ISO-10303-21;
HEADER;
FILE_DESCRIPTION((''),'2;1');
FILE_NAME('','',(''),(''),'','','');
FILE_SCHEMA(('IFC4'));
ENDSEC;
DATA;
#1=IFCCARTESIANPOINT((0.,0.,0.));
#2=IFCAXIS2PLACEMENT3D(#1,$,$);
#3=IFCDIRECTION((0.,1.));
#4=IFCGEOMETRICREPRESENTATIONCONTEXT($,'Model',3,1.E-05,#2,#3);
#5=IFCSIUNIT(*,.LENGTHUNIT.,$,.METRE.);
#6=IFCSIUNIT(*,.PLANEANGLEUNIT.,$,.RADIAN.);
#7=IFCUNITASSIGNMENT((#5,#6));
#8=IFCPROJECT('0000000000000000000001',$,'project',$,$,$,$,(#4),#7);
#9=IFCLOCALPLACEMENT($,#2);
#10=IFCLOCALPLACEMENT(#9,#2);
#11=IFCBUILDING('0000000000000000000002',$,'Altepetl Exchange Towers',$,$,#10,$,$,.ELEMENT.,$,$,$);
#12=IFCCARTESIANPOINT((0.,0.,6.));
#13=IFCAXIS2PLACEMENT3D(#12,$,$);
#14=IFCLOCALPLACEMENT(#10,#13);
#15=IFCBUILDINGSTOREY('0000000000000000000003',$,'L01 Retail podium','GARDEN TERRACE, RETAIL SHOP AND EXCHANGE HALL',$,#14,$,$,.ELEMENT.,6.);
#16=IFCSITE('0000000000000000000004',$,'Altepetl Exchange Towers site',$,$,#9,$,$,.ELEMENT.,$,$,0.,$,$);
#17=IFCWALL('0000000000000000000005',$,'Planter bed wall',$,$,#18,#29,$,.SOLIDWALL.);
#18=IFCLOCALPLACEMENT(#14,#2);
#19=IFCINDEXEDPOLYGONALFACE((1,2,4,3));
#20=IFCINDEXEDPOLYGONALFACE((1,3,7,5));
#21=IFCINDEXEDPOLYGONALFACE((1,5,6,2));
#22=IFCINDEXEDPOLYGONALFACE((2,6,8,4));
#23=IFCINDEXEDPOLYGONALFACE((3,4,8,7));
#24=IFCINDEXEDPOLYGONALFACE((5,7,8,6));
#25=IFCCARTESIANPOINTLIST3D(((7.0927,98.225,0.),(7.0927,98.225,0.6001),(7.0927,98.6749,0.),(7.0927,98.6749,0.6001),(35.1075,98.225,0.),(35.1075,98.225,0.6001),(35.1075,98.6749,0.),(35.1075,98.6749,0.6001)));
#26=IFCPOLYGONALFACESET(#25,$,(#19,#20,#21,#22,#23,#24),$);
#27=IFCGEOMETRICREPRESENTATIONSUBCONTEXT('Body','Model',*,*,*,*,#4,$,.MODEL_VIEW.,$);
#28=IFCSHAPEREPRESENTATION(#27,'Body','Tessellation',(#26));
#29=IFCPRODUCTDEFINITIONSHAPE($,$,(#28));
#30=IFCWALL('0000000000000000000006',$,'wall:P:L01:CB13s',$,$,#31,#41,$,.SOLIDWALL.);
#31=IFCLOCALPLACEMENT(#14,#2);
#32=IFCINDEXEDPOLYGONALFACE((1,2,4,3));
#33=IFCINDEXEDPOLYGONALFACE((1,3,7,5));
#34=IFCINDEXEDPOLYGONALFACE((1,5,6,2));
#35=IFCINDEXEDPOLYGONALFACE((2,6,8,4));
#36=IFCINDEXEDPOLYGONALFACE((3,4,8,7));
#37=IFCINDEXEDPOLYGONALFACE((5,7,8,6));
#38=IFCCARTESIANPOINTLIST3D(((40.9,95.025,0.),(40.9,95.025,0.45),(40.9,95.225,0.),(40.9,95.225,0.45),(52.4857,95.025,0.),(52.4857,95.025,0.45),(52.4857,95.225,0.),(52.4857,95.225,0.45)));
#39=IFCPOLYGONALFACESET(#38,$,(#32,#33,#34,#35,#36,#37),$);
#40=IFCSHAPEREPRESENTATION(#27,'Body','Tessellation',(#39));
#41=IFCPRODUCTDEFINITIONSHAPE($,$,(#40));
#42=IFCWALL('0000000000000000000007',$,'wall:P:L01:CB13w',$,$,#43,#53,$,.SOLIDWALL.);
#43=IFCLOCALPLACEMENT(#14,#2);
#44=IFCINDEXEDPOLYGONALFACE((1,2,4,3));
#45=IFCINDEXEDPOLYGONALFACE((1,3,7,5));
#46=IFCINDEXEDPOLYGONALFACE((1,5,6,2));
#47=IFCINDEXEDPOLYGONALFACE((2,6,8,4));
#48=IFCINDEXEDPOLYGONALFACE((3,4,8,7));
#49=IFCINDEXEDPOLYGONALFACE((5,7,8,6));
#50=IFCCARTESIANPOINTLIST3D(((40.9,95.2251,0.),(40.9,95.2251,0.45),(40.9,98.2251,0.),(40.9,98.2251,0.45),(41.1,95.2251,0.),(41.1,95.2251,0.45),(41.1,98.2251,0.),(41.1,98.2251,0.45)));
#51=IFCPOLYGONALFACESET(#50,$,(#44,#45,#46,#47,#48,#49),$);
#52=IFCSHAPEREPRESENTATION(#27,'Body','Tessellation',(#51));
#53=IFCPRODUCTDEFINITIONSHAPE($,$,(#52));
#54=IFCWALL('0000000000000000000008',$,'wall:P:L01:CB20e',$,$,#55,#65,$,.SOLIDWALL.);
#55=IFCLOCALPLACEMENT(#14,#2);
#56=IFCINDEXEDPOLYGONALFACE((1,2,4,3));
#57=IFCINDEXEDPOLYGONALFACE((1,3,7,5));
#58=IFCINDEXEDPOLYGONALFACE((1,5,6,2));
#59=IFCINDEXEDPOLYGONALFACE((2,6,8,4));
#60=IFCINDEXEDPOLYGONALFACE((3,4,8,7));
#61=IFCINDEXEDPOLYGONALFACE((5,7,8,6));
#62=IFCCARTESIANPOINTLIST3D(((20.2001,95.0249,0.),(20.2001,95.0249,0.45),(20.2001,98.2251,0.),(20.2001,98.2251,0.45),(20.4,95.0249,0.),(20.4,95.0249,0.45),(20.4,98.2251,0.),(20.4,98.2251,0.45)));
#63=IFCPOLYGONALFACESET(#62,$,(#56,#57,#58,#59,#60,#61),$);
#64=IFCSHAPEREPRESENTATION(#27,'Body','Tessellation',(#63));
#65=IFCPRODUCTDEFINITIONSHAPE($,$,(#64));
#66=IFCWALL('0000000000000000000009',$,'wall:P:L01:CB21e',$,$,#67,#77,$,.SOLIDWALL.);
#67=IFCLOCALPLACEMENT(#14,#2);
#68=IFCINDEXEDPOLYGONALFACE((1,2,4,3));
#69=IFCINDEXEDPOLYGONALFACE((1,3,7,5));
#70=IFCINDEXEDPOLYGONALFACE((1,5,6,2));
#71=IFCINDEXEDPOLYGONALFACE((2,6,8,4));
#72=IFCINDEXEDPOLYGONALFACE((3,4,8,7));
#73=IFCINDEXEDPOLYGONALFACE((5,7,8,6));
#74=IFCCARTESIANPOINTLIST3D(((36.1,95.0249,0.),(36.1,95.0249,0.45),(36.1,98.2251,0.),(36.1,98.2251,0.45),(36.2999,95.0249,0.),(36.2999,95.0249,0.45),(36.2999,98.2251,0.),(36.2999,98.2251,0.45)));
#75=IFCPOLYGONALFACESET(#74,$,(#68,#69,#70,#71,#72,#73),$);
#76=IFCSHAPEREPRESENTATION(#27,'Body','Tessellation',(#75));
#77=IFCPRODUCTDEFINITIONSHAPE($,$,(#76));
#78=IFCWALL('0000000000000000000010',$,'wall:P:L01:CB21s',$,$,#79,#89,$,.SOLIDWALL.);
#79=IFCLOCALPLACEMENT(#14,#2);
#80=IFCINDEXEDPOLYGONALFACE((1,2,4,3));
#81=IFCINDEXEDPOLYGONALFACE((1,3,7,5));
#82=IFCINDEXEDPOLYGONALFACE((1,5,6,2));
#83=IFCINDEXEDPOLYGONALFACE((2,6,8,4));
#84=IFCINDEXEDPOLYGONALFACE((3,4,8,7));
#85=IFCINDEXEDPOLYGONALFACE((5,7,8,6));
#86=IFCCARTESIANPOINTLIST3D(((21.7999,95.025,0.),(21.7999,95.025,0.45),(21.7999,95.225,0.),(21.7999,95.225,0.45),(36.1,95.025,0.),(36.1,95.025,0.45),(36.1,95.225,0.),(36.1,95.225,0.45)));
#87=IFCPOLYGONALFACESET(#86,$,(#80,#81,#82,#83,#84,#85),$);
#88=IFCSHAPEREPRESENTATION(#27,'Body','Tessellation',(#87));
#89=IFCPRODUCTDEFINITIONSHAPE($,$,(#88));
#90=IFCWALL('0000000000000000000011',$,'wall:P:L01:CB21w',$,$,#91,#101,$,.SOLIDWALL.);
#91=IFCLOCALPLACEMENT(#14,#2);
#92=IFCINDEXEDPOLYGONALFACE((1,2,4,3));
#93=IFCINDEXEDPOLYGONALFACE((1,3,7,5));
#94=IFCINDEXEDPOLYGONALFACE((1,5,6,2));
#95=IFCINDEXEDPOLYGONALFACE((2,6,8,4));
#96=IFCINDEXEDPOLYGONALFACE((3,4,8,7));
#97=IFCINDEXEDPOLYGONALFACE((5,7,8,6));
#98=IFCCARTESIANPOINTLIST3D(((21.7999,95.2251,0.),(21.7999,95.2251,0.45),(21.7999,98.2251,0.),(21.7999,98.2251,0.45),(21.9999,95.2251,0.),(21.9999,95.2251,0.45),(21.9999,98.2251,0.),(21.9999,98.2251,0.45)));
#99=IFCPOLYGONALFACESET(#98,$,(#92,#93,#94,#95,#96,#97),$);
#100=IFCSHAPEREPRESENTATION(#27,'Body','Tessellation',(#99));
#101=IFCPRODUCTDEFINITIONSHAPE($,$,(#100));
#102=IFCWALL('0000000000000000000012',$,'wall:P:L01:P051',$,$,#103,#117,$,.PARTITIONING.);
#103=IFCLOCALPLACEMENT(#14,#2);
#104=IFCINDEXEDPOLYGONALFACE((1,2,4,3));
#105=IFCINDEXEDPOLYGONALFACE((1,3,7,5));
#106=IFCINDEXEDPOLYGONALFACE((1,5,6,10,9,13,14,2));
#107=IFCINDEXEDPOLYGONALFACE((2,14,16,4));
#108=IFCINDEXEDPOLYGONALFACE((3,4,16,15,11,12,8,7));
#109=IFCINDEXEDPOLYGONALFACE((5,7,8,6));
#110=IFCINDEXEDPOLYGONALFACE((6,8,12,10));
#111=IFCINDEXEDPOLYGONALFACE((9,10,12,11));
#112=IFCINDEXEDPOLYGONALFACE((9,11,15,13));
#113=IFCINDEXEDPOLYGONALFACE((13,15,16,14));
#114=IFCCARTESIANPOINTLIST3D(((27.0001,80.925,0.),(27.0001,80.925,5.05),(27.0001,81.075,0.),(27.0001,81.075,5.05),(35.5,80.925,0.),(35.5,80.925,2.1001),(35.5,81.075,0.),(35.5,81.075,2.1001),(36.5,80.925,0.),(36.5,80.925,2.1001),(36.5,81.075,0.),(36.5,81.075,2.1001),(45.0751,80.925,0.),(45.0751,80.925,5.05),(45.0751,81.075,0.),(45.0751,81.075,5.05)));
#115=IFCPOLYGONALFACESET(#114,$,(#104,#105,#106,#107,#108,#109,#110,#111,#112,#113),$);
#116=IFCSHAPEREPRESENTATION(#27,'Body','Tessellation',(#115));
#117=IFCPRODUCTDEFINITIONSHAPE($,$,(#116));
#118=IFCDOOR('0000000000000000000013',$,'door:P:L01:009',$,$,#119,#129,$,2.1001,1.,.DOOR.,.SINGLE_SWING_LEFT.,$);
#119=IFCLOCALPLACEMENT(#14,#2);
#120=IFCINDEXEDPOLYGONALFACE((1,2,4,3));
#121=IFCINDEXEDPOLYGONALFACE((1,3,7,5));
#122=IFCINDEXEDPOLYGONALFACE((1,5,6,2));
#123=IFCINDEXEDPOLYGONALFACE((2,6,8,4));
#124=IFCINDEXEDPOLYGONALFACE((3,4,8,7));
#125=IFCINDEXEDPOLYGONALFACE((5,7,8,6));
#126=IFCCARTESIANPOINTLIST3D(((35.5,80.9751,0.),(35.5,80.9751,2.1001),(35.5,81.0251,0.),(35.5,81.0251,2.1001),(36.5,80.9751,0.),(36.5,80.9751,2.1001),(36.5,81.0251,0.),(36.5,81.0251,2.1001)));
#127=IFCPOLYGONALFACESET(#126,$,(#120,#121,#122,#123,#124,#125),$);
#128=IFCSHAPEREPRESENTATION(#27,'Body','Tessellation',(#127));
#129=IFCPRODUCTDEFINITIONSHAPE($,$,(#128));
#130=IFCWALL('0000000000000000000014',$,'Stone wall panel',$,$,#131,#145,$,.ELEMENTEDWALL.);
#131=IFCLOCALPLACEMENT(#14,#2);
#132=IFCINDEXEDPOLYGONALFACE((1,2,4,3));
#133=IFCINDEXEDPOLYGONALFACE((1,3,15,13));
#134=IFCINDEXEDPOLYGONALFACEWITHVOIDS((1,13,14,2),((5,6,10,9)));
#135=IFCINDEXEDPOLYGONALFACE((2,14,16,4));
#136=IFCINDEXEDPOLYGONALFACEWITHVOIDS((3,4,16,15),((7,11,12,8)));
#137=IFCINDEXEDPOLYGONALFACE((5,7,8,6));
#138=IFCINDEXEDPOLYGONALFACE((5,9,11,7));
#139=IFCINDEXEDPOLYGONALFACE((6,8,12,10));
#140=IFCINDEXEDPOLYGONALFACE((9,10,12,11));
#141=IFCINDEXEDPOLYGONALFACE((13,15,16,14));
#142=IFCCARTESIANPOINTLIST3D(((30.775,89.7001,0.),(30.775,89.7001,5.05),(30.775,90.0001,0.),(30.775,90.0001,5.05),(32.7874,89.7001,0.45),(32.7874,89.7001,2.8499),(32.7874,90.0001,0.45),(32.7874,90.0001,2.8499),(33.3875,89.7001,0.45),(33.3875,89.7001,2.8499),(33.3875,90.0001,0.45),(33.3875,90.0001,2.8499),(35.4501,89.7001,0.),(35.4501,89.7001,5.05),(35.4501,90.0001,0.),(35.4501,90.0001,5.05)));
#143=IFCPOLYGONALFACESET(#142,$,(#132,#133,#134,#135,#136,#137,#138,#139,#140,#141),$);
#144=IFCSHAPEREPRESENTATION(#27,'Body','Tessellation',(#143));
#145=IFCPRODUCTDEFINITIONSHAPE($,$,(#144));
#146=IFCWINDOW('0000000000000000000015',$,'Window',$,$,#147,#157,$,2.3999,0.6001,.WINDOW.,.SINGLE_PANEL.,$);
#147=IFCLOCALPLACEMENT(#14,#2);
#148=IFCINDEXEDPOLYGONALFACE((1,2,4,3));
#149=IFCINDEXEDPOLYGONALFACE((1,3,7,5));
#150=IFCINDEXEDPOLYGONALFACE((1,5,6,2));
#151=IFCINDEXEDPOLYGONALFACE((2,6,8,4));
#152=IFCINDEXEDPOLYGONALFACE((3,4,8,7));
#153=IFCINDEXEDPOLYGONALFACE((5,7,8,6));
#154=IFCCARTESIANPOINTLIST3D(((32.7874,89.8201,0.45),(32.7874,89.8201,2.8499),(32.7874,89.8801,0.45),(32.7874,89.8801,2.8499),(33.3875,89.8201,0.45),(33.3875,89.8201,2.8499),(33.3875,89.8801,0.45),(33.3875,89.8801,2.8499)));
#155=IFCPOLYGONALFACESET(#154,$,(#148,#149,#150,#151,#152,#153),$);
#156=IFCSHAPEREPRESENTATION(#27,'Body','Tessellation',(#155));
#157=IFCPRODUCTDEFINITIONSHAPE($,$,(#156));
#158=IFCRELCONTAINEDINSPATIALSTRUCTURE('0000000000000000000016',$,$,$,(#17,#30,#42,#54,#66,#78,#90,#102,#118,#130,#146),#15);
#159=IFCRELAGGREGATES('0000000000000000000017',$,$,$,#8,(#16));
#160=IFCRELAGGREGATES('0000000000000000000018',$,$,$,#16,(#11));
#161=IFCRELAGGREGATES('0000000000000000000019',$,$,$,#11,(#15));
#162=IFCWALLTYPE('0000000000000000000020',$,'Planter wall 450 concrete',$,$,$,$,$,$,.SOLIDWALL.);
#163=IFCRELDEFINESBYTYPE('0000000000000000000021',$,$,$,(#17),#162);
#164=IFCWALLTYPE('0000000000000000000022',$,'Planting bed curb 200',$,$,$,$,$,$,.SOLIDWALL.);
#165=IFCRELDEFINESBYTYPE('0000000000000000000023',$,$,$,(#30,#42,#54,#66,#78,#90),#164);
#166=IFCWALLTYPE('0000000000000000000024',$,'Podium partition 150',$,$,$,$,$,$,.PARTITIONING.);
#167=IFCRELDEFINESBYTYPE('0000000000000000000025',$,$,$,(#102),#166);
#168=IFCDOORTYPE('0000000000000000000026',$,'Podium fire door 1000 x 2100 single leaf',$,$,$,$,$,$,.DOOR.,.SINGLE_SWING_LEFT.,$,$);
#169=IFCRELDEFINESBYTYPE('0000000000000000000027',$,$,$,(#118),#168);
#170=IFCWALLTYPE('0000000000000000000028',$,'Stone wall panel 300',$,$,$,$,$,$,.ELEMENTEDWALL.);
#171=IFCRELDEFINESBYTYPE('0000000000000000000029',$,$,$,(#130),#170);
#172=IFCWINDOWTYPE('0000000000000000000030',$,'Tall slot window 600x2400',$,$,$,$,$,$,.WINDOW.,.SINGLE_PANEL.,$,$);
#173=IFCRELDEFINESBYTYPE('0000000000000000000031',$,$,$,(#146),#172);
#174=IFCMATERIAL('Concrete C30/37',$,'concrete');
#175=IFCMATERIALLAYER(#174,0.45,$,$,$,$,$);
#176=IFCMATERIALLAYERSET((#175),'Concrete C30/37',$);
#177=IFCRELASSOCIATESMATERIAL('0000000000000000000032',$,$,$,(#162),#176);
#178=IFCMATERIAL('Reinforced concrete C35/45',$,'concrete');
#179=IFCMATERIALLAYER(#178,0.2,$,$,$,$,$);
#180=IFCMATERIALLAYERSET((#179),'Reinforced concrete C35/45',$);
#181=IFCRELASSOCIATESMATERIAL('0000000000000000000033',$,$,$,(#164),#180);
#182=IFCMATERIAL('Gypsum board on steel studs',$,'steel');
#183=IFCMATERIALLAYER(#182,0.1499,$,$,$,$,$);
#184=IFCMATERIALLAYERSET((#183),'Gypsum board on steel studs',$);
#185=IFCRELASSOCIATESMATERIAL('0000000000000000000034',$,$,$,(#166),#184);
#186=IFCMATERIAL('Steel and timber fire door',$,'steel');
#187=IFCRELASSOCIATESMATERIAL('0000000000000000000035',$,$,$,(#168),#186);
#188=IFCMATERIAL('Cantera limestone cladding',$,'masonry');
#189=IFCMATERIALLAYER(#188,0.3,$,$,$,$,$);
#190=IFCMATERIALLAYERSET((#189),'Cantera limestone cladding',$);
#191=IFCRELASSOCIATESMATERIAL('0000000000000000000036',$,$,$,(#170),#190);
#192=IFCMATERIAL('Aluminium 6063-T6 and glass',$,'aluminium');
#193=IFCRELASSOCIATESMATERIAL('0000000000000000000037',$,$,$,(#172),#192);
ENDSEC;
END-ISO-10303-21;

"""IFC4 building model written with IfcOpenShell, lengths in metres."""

from ifc_helpers import new_model, si_unit, direction, frame, frame_2d, origin, place, context, subcontext, project, spatial, rectangle, extrude, material, layer, layer_set, type_object, element, fill, save


model = new_model("IFC4")

# Units and contexts
model_context = context("Model", 3, precision=1e-05, world=origin(), true_north=direction((0.0, 1.0)))
body_context = subcontext(model_context, "Body", "Model", "MODEL_VIEW")
ifc_project = project(units=[si_unit("LENGTHUNIT", "METRE"), si_unit("PLANEANGLEUNIT", "RADIAN")], contexts=[model_context])

# Site, building, storey
site_placement = place(None, origin())
site = spatial("IfcSite", under=ifc_project, at=site_placement, Name="Altepetl Exchange Towers site", CompositionType="ELEMENT", RefElevation=0.0)
building_placement = place(site_placement, origin())
building = spatial("IfcBuilding", under=site, at=building_placement, Name="Altepetl Exchange Towers", CompositionType="ELEMENT")
storey_placement = place(building_placement, frame((0.0, 0.0, 6.0)))
storey = spatial("IfcBuildingStorey", under=building, at=storey_placement, Name="L01 Retail podium", Description="GARDEN TERRACE, RETAIL SHOP AND EXCHANGE HALL", CompositionType="ELEMENT", Elevation=6.0)

# Shared definitions
ifc_material_1 = material(Name="Reinforced concrete C35/45", Category="concrete")
ifc_material_2 = material(Name="Aluminium 6063-T6 and glass", Category="aluminium")

# Walls
ifc_material_3 = material(Name="Concrete C30/37", Category="concrete")
ifc_layer_1 = layer(ifc_material_3, 0.45)
ifc_layer_set_1 = layer_set([ifc_layer_1], Name="Concrete C30/37")
wall_type_1 = type_object("IfcWallType", Name="Planter wall 450 concrete", PredefinedType="SOLIDWALL", material=ifc_layer_set_1)
wall_1_placement = place(storey_placement, frame((35.1074, 98.45, 0.0), z_axis=(0.0, 0.0, 1.0), x_axis=(-1.0, 0.0, 0.0)))
element("IfcWall", 1, at=wall_1_placement, inside=storey, type_object=wall_type_1, Name="Planter bed wall", PredefinedType="SOLIDWALL", context=body_context, shape_type="SweptSolid", body=[
    extrude(rectangle(XDim=28.0149, YDim=0.45, at=frame_2d((14.0073, 0.0))), origin(), (0.0, 0.0, 1.0), 0.6001),
])
ifc_layer_2 = layer(ifc_material_1, 0.2)
ifc_layer_set_2 = layer_set([ifc_layer_2], Name="Reinforced concrete C35/45")
wall_type_2 = type_object("IfcWallType", Name="Planting bed curb 200", PredefinedType="SOLIDWALL", material=ifc_layer_set_2)
wall_2_placement = place(storey_placement, frame((40.8999, 95.125, 0.0)))
element("IfcWall", 2, at=wall_2_placement, inside=storey, type_object=wall_type_2, Name="wall:P:L01:CB13s", PredefinedType="SOLIDWALL", context=body_context, shape_type="SweptSolid", body=[
    extrude(rectangle(XDim=11.5857, YDim=0.2, at=frame_2d((5.793, 0.0))), origin(), (0.0, 0.0, 1.0), 0.45),
])
wall_3_placement = place(storey_placement, frame((41.0, 95.2251, 0.0), z_axis=(0.0, 0.0, 1.0), x_axis=(0.0, 1.0, 0.0)))
element("IfcWall", 3, at=wall_3_placement, inside=storey, type_object=wall_type_2, Name="wall:P:L01:CB13w", PredefinedType="SOLIDWALL", context=body_context, shape_type="SweptSolid", body=[
    extrude(rectangle(XDim=3.0, YDim=0.2, at=frame_2d((1.5, 0.0))), origin(), (0.0, 0.0, 1.0), 0.45),
])
for number, where, z_axis, x_axis, name in (
    (4, (20.3, 95.0249, 0.0), (0.0, 0.0, 1.0), (0.0, 1.0, 0.0), "wall:P:L01:CB20e"),
    (5, (36.2, 95.0249, 0.0), (0.0, 0.0, 1.0), (0.0, 1.0, 0.0), "wall:P:L01:CB21e"),
):
    element("IfcWall", number, at=place(storey_placement, frame(where, z_axis=z_axis, x_axis=x_axis)), inside=storey, type_object=wall_type_2, Name=name, PredefinedType="SOLIDWALL", context=body_context, shape_type="SweptSolid", body=[
        extrude(rectangle(XDim=3.2002, YDim=0.2, at=frame_2d((1.6001, 0.0))), origin(), (0.0, 0.0, 1.0), 0.45),
    ])
wall_4_placement = place(storey_placement, frame((21.8, 95.125, 0.0)))
element("IfcWall", 6, at=wall_4_placement, inside=storey, type_object=wall_type_2, Name="wall:P:L01:CB21s", PredefinedType="SOLIDWALL", context=body_context, shape_type="SweptSolid", body=[
    extrude(rectangle(XDim=14.3, YDim=0.2, at=frame_2d((7.1499, 0.0))), origin(), (0.0, 0.0, 1.0), 0.45),
])
wall_5_placement = place(storey_placement, frame((21.8999, 95.2251, 0.0), z_axis=(0.0, 0.0, 1.0), x_axis=(0.0, 1.0, 0.0)))
element("IfcWall", 7, at=wall_5_placement, inside=storey, type_object=wall_type_2, Name="wall:P:L01:CB21w", PredefinedType="SOLIDWALL", context=body_context, shape_type="SweptSolid", body=[
    extrude(rectangle(XDim=3.0, YDim=0.2, at=frame_2d((1.5, 0.0))), origin(), (0.0, 0.0, 1.0), 0.45),
])

# Wall, opening, door
ifc_material_4 = material(Name="Gypsum board on steel studs", Category="steel")
ifc_layer_3 = layer(ifc_material_4, 0.1499)
ifc_layer_set_3 = layer_set([ifc_layer_3], Name="Gypsum board on steel studs")
wall_type_3 = type_object("IfcWallType", Name="Podium partition 150", PredefinedType="PARTITIONING", material=ifc_layer_set_3)
wall_6_placement = place(storey_placement, frame((27.0, 81.0, 0.0)))
wall_6 = element("IfcWall", 8, at=wall_6_placement, inside=storey, type_object=wall_type_3, Name="wall:P:L01:P051", PredefinedType="PARTITIONING", context=body_context, shape_type="SweptSolid", body=[
    extrude(rectangle(XDim=18.075, YDim=0.1499, at=frame_2d((9.0376, 0.0))), origin(), (0.0, 0.0, 1.0), 5.05),
])
opening_1_placement = place(wall_6_placement, frame((8.5, 0.0, 0.0)))
opening_1 = element("IfcOpeningElement", 9, at=opening_1_placement, cuts=wall_6, PredefinedType="OPENING", context=body_context, shape_type="SweptSolid", body=[
    extrude(rectangle(XDim=1.0, YDim=2.1001, at=frame_2d((0.5, 1.05))), frame((0.0, 0.085, 0.0), z_axis=(0.0, -1.0, 0.0), x_axis=(1.0, 0.0, 0.0)), (0.0, 0.0, 1.0), 0.1699),
])
ifc_material_5 = material(Name="Steel and timber fire door", Category="steel")
door_type_1 = type_object("IfcDoorType", Name="Podium fire door 1000 x 2100 single leaf", OperationType="SINGLE_SWING_LEFT", PredefinedType="DOOR", material=ifc_material_5)
door_1_placement = place(opening_1_placement, frame((1.0, 0.0, 0.0), x_axis=(-1.0, 0.0, 0.0)))
door_1 = element("IfcDoor", 10, at=door_1_placement, inside=storey, type_object=door_type_1, Name="door:P:L01:009", OperationType="SINGLE_SWING_LEFT", OverallHeight=2.1001, OverallWidth=1.0, PredefinedType="DOOR", context=body_context, shape_type="SweptSolid", body=[
    extrude(rectangle(XDim=1.0, YDim=2.1001, at=frame_2d((0.5, 1.05))), frame((0.0, 0.0249, 0.0), z_axis=(0.0, -1.0, 0.0), x_axis=(1.0, 0.0, 0.0)), (0.0, 0.0, 1.0), 0.05),
])
fill(opening_1, door_1)

# Wall, opening, window
ifc_material_6 = material(Name="Cantera limestone cladding", Category="masonry")
ifc_layer_4 = layer(ifc_material_6, 0.3)
ifc_layer_set_4 = layer_set([ifc_layer_4], Name="Cantera limestone cladding")
wall_type_4 = type_object("IfcWallType", Name="Stone wall panel 300", PredefinedType="ELEMENTEDWALL", material=ifc_layer_set_4)
wall_7_placement = place(storey_placement, frame((35.45, 89.8501, 0.0), z_axis=(0.0, 0.0, 1.0), x_axis=(-1.0, 0.0, 0.0)))
wall_7 = element("IfcWall", 11, at=wall_7_placement, inside=storey, type_object=wall_type_4, Name="Stone wall panel", PredefinedType="ELEMENTEDWALL", context=body_context, shape_type="SweptSolid", body=[
    extrude(rectangle(XDim=4.675, YDim=0.3, at=frame_2d((2.3374, 0.0))), origin(), (0.0, 0.0, 1.0), 5.05),
])
opening_2_placement = place(wall_7_placement, frame((2.0625, 0.0, 0.45)))
opening_2 = element("IfcOpeningElement", 12, at=opening_2_placement, cuts=wall_7, PredefinedType="OPENING", context=body_context, shape_type="SweptSolid", body=[
    extrude(rectangle(XDim=0.6001, YDim=2.3999, at=frame_2d((0.3, 1.2))), frame((0.0, 0.1602, 0.0), z_axis=(0.0, -1.0, 0.0), x_axis=(1.0, 0.0, 0.0)), (0.0, 0.0, 1.0), 0.3201),
])
window_type = type_object("IfcWindowType", Name="Tall slot window 600x2400", PartitioningType="SINGLE_PANEL", PredefinedType="WINDOW", material=ifc_material_2)
window_1_placement = place(opening_2_placement, origin())
window_1 = element("IfcWindow", 13, at=window_1_placement, inside=storey, type_object=window_type, Name="Window", OverallHeight=2.3999, OverallWidth=0.6001, PartitioningType="SINGLE_PANEL", PredefinedType="WINDOW", context=body_context, shape_type="SweptSolid", body=[
    extrude(rectangle(XDim=0.6001, YDim=2.3999, at=frame_2d((0.3, 1.2))), frame((0.0, 0.03, 0.0), z_axis=(0.0, -1.0, 0.0), x_axis=(1.0, 0.0, 0.0)), (0.0, 0.0, 1.0), 0.0601),
])
fill(opening_2, window_1)

save(model, "model.ifc")
